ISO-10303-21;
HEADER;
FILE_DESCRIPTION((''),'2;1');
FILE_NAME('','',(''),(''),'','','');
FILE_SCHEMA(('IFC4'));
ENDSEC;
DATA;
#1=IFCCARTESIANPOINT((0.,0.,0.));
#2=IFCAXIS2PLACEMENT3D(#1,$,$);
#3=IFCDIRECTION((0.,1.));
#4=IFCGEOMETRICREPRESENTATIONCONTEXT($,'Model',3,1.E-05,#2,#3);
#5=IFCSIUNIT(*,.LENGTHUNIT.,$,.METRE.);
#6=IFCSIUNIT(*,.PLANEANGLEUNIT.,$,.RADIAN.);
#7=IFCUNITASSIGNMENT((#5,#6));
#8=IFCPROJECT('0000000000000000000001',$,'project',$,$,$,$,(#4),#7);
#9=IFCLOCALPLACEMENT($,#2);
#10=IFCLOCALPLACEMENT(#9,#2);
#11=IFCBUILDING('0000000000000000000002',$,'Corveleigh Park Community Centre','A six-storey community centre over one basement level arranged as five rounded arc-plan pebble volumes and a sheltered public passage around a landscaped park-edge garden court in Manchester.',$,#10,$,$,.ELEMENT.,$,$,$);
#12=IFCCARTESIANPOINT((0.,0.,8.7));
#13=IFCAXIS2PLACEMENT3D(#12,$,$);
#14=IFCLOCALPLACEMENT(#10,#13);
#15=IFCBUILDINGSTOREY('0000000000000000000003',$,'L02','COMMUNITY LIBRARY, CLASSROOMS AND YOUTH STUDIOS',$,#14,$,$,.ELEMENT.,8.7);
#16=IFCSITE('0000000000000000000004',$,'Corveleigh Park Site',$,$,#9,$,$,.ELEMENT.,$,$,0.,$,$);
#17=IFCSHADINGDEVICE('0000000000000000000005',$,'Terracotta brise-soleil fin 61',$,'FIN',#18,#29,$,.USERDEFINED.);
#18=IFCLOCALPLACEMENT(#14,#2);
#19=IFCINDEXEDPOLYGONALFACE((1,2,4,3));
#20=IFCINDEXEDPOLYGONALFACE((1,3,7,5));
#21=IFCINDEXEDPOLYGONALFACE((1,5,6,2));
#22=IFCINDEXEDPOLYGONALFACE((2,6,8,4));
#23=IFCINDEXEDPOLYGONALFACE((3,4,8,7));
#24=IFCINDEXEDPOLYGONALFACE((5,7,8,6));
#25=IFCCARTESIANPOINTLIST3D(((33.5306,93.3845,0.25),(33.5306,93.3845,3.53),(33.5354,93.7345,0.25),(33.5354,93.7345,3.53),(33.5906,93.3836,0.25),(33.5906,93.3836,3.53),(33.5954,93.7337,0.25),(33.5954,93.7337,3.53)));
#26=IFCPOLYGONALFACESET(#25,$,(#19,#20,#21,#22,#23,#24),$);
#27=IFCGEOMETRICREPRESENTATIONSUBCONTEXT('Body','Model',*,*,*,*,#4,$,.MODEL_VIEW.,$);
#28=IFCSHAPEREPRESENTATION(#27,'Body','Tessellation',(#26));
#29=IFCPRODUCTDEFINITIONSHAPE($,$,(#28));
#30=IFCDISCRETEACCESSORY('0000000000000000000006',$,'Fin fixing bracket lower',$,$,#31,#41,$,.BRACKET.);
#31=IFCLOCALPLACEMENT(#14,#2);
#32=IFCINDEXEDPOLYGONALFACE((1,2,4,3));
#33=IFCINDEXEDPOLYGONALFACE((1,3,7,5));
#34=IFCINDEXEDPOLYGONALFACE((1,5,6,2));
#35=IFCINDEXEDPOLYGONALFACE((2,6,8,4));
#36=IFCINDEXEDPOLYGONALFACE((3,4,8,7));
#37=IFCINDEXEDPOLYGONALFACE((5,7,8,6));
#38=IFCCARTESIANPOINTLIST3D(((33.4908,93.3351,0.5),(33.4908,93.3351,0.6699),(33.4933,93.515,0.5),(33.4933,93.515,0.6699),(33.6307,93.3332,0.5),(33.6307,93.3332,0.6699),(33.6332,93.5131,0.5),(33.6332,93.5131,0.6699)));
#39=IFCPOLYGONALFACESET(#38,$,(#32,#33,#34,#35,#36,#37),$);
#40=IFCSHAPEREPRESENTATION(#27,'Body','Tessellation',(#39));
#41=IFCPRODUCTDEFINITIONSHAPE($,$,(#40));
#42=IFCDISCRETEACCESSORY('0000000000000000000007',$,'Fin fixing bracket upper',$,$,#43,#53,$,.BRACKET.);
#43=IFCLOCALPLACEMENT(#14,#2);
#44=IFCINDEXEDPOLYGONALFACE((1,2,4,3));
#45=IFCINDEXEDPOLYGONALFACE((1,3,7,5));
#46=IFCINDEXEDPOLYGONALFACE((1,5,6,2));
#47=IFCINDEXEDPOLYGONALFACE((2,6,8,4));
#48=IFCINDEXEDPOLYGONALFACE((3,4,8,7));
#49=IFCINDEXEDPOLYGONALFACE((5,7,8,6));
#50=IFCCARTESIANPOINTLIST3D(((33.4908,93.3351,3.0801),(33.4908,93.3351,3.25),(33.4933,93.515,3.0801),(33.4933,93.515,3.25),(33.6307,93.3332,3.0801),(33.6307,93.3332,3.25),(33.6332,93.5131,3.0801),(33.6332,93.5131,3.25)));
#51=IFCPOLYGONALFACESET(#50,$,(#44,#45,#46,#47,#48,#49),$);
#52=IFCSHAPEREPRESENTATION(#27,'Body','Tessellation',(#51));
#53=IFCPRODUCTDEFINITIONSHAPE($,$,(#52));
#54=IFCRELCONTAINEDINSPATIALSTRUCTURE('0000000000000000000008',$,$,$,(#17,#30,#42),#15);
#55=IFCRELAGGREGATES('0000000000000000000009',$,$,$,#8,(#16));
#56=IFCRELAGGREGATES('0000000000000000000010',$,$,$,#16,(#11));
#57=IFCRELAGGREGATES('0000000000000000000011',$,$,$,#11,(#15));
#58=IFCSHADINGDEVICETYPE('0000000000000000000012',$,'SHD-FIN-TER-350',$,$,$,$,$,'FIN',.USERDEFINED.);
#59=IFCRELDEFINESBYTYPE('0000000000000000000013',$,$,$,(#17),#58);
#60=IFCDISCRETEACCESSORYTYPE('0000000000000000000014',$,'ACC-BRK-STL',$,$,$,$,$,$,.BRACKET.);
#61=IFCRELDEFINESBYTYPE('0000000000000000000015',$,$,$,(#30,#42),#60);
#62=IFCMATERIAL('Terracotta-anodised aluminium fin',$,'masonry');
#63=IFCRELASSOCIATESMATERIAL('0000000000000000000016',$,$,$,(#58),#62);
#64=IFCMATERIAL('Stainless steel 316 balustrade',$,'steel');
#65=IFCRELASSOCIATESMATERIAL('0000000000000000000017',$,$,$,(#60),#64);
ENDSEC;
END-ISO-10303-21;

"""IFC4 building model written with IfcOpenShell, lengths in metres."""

from ifc_helpers import new_model, si_unit, direction, frame, origin, origin_2d, place, context, subcontext, project, spatial, rectangle, extrude, material, type_object, element, save


model = new_model("IFC4")

# Units and contexts
model_context = context("Model", 3, precision=1e-05, world=origin(), true_north=direction((0.0, 1.0)))
body_context = subcontext(model_context, "Body", "Model", "MODEL_VIEW")
ifc_project = project(units=[si_unit("LENGTHUNIT", "METRE"), si_unit("PLANEANGLEUNIT", "RADIAN")], contexts=[model_context])

# Site, building, storey
site_placement = place(None, origin())
site = spatial("IfcSite", under=ifc_project, at=site_placement, Name="Corveleigh Park Site", CompositionType="ELEMENT", RefElevation=0.0)
building_placement = place(site_placement, origin())
building = spatial("IfcBuilding", under=site, at=building_placement, Name="Corveleigh Park Community Centre", Description="A six-storey community centre over one basement level arranged as five rounded arc-plan pebble volumes and a sheltered public passage around a landscaped park-edge garden court in Manchester.", CompositionType="ELEMENT")
storey_placement = place(building_placement, frame((0.0, 0.0, 8.7)))
storey = spatial("IfcBuildingStorey", under=building, at=storey_placement, Name="L02", Description="COMMUNITY LIBRARY, CLASSROOMS AND YOUTH STUDIOS", CompositionType="ELEMENT", Elevation=8.7)

# Shading device
ifc_material_1 = material(Name="Terracotta-anodised aluminium fin", Category="masonry")
shading_device_type = type_object("IfcShadingDeviceType", Name="SHD-FIN-TER-350", ElementType="FIN", PredefinedType="USERDEFINED", material=ifc_material_1)
shading_device_placement = place(storey_placement, frame((33.563, 93.5591, 0.25), z_axis=(0.0, 0.0, 1.0), x_axis=(0.013675, 0.999906, 0.0)))
element("IfcShadingDevice", 1, at=shading_device_placement, inside=storey, type_object=shading_device_type, Name="Terracotta brise-soleil fin 61", ObjectType="FIN", PredefinedType="USERDEFINED", context=body_context, shape_type="SweptSolid", body=[
    extrude(rectangle(XDim=0.3501, YDim=0.0601, at=origin_2d()), origin(), (0.0, 0.0, 1.0), 3.28),
])

# Discrete accessories
ifc_material_2 = material(Name="Stainless steel 316 balustrade", Category="steel")
discrete_accessory_type = type_object("IfcDiscreteAccessoryType", Name="ACC-BRK-STL", PredefinedType="BRACKET", material=ifc_material_2)
for number, where, z_axis, x_axis, name in (
    (2, (33.562, 93.4241, 0.5), (0.0, 0.0, 1.0), (0.013675, 0.999906, 0.0), "Fin fixing bracket lower"),
    (3, (33.562, 93.4241, 3.0801), (0.0, 0.0, 1.0), (0.013675, 0.999906, 0.0), "Fin fixing bracket upper"),
):
    element("IfcDiscreteAccessory", number, at=place(storey_placement, frame(where, z_axis=z_axis, x_axis=x_axis)), inside=storey, type_object=discrete_accessory_type, Name=name, PredefinedType="BRACKET", context=body_context, shape_type="SweptSolid", body=[
        extrude(rectangle(XDim=0.1799, YDim=0.1399, at=origin_2d()), origin(), (0.0, 0.0, 1.0), 0.1699),
    ])

save(model, "model.ifc")
